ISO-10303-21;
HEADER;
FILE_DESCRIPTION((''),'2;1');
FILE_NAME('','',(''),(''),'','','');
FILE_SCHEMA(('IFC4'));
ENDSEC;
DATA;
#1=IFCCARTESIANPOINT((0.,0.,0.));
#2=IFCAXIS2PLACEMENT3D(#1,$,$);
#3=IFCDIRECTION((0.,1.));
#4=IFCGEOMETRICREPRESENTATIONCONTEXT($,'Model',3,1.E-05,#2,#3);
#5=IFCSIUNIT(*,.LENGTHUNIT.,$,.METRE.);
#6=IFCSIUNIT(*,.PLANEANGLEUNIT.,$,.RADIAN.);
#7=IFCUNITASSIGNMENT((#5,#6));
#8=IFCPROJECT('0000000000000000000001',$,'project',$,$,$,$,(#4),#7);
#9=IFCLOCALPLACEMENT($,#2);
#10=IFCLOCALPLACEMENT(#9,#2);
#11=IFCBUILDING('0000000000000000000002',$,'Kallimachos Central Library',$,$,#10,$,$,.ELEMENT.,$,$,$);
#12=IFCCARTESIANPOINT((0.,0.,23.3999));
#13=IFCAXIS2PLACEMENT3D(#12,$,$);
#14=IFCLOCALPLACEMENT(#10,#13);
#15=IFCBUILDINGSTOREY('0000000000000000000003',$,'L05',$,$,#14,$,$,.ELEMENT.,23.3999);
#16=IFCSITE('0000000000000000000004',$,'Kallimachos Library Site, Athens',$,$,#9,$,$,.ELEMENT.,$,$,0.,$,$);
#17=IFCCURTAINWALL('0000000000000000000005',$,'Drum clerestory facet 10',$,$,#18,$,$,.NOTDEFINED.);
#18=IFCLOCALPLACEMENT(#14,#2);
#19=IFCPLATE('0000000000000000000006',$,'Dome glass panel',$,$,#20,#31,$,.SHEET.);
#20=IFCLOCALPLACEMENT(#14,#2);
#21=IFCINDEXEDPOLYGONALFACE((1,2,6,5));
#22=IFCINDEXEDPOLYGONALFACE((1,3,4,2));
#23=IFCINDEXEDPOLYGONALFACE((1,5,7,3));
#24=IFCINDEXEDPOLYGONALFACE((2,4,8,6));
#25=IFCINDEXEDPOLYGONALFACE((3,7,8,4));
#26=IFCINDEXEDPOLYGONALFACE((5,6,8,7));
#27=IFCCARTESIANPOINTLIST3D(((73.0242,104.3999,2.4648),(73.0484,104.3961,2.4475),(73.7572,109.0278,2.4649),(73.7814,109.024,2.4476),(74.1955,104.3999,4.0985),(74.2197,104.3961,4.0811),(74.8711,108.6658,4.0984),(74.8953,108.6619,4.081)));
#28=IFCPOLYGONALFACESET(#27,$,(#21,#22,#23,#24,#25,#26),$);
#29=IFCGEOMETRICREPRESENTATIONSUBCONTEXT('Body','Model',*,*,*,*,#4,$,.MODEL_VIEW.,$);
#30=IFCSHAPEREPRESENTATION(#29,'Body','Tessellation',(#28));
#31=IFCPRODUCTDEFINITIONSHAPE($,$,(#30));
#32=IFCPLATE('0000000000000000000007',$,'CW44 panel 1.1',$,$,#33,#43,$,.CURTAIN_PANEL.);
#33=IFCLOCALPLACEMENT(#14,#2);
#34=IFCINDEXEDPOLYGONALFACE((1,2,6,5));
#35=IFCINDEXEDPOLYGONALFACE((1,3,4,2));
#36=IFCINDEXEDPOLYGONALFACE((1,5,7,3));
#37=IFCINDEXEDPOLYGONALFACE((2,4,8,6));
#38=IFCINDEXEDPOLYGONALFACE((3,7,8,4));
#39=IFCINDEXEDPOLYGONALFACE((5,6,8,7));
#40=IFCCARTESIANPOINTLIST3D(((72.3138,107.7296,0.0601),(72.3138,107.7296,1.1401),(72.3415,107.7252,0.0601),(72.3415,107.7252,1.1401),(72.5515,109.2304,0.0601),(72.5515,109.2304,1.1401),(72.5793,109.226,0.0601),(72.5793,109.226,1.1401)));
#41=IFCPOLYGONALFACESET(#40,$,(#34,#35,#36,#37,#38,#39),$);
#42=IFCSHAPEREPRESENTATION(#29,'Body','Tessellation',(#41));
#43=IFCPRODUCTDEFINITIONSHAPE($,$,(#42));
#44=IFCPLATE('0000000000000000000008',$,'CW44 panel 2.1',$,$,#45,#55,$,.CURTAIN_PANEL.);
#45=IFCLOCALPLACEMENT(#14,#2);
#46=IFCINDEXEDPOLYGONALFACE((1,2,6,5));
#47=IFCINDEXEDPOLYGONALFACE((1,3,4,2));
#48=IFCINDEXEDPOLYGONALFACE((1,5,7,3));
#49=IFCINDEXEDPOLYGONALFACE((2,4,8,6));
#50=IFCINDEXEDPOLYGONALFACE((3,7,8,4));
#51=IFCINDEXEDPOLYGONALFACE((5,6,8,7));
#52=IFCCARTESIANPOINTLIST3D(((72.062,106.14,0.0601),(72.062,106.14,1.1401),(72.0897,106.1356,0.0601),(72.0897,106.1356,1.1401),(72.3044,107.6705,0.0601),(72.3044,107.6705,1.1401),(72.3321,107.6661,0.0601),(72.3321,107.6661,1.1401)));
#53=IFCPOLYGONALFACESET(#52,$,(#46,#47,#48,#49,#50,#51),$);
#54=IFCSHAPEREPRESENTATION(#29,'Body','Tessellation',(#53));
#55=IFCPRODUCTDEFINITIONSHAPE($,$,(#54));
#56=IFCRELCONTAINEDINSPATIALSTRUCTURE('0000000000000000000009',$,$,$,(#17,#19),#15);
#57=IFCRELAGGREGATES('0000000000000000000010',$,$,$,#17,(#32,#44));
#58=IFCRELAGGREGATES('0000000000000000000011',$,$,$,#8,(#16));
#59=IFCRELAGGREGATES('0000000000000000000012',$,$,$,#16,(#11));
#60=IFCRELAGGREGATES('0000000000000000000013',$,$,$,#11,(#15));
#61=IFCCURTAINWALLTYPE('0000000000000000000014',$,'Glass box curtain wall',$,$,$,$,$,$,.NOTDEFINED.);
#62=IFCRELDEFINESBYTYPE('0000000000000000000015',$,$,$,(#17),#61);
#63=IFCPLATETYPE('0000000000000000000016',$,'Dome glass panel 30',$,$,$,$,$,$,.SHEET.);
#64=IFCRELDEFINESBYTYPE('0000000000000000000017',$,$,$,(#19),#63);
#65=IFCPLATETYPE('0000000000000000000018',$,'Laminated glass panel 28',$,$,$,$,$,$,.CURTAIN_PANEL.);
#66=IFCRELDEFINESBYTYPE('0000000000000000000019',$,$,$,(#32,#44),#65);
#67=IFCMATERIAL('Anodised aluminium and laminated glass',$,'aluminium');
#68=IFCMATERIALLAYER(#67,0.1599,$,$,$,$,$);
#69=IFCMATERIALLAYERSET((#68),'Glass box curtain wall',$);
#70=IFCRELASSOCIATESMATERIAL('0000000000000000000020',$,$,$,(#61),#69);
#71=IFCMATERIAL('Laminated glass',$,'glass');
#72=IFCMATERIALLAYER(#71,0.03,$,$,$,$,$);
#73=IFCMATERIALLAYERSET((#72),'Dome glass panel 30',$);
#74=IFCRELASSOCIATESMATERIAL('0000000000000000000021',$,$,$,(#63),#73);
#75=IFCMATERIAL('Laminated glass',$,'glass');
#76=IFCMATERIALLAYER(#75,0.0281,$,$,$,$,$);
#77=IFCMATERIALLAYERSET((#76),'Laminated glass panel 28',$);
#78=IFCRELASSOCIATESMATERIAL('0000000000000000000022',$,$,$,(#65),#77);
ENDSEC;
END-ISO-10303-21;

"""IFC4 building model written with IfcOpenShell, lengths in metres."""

from ifc_helpers import new_model, si_unit, direction, frame, origin, origin_2d, place, context, subcontext, project, spatial, polyline, rectangle, outline, extrude, material, layer, layer_set, type_object, element, aggregate, save


model = new_model("IFC4")

# Units and contexts
model_context = context("Model", 3, precision=1e-05, world=origin(), true_north=direction((0.0, 1.0)))
body_context = subcontext(model_context, "Body", "Model", "MODEL_VIEW")
ifc_project = project(units=[si_unit("LENGTHUNIT", "METRE"), si_unit("PLANEANGLEUNIT", "RADIAN")], contexts=[model_context])

# Site, building, storey
site_placement = place(None, origin())
site = spatial("IfcSite", under=ifc_project, at=site_placement, Name="Kallimachos Library Site, Athens", CompositionType="ELEMENT", RefElevation=0.0)
building_placement = place(site_placement, origin())
building = spatial("IfcBuilding", under=site, at=building_placement, Name="Kallimachos Central Library", CompositionType="ELEMENT")
storey_placement = place(building_placement, frame((0.0, 0.0, 23.3999)))
storey = spatial("IfcBuildingStorey", under=building, at=storey_placement, Name="L05", CompositionType="ELEMENT", Elevation=23.3999)

# Curtain wall
ifc_material_1 = material(Name="Anodised aluminium and laminated glass", Category="aluminium")
ifc_layer_1 = layer(ifc_material_1, 0.1599)
ifc_layer_set_1 = layer_set([ifc_layer_1], Name="Glass box curtain wall")
curtain_wall_type = type_object("IfcCurtainWallType", Name="Glass box curtain wall", PredefinedType="NOTDEFINED", material=ifc_layer_set_1)
curtain_wall_placement = place(storey_placement, origin())
curtain_wall = element("IfcCurtainWall", 1, at=curtain_wall_placement, inside=storey, type_object=curtain_wall_type, Name="Drum clerestory facet 10", PredefinedType="NOTDEFINED")

# Plate
ifc_material_2 = material(Name="Laminated glass", Category="glass")
ifc_layer_2 = layer(ifc_material_2, 0.03)
ifc_layer_set_2 = layer_set([ifc_layer_2], Name="Dome glass panel 30")
plate_type_1 = type_object("IfcPlateType", Name="Dome glass panel 30", PredefinedType="SHEET", material=ifc_layer_set_2)
plate_1_placement = place(storey_placement, frame((74.8711, 108.6658, 4.0984), z_axis=(-0.806039, 0.127669, 0.57793), x_axis=(-0.554162, 0.180138, -0.812684)))
element("IfcPlate", 2, at=plate_1_placement, inside=storey, type_object=plate_type_1, Name="Dome glass panel", PredefinedType="SHEET", context=body_context, shape_type="SweptSolid", body=[
    extrude(outline(polyline([(0.0, 0.0), (2.01, 0.0), (1.5826, 4.6661), (-0.3941, 4.301), (0.0, 0.0)])), origin(), (0.0, 0.0, -1.0), 0.03),
])

# Plates
ifc_material_3 = material(Name="Laminated glass", Category="glass")
ifc_layer_3 = layer(ifc_material_3, 0.0281)
ifc_layer_set_3 = layer_set([ifc_layer_3], Name="Laminated glass panel 28")
plate_type_2 = type_object("IfcPlateType", Name="Laminated glass panel 28", PredefinedType="CURTAIN_PANEL", material=ifc_layer_set_3)
plate_2_placement = place(storey_placement, frame((72.4465, 108.4778, 0.0601), z_axis=(0.0, 0.0, 1.0), x_axis=(-0.156435, -0.987688, 0.0)))
plate_2 = element("IfcPlate", 3, at=plate_2_placement, type_object=plate_type_2, Name="CW44 panel 1.1", PredefinedType="CURTAIN_PANEL", context=body_context, shape_type="SweptSolid", body=[
    extrude(rectangle(XDim=1.5195, YDim=0.0281, at=origin_2d()), origin(), (0.0, 0.0, 1.0), 1.0801),
])
plate_3_placement = place(storey_placement, frame((72.197, 106.9031, 0.0601), z_axis=(0.0, 0.0, 1.0), x_axis=(-0.156435, -0.987688, 0.0)))
plate_3 = element("IfcPlate", 4, at=plate_3_placement, type_object=plate_type_2, Name="CW44 panel 2.1", PredefinedType="CURTAIN_PANEL", context=body_context, shape_type="SweptSolid", body=[
    extrude(rectangle(XDim=1.5496, YDim=0.0281, at=origin_2d()), origin(), (0.0, 0.0, 1.0), 1.0801),
])
aggregate(curtain_wall, [plate_2, plate_3])

save(model, "model.ifc")
